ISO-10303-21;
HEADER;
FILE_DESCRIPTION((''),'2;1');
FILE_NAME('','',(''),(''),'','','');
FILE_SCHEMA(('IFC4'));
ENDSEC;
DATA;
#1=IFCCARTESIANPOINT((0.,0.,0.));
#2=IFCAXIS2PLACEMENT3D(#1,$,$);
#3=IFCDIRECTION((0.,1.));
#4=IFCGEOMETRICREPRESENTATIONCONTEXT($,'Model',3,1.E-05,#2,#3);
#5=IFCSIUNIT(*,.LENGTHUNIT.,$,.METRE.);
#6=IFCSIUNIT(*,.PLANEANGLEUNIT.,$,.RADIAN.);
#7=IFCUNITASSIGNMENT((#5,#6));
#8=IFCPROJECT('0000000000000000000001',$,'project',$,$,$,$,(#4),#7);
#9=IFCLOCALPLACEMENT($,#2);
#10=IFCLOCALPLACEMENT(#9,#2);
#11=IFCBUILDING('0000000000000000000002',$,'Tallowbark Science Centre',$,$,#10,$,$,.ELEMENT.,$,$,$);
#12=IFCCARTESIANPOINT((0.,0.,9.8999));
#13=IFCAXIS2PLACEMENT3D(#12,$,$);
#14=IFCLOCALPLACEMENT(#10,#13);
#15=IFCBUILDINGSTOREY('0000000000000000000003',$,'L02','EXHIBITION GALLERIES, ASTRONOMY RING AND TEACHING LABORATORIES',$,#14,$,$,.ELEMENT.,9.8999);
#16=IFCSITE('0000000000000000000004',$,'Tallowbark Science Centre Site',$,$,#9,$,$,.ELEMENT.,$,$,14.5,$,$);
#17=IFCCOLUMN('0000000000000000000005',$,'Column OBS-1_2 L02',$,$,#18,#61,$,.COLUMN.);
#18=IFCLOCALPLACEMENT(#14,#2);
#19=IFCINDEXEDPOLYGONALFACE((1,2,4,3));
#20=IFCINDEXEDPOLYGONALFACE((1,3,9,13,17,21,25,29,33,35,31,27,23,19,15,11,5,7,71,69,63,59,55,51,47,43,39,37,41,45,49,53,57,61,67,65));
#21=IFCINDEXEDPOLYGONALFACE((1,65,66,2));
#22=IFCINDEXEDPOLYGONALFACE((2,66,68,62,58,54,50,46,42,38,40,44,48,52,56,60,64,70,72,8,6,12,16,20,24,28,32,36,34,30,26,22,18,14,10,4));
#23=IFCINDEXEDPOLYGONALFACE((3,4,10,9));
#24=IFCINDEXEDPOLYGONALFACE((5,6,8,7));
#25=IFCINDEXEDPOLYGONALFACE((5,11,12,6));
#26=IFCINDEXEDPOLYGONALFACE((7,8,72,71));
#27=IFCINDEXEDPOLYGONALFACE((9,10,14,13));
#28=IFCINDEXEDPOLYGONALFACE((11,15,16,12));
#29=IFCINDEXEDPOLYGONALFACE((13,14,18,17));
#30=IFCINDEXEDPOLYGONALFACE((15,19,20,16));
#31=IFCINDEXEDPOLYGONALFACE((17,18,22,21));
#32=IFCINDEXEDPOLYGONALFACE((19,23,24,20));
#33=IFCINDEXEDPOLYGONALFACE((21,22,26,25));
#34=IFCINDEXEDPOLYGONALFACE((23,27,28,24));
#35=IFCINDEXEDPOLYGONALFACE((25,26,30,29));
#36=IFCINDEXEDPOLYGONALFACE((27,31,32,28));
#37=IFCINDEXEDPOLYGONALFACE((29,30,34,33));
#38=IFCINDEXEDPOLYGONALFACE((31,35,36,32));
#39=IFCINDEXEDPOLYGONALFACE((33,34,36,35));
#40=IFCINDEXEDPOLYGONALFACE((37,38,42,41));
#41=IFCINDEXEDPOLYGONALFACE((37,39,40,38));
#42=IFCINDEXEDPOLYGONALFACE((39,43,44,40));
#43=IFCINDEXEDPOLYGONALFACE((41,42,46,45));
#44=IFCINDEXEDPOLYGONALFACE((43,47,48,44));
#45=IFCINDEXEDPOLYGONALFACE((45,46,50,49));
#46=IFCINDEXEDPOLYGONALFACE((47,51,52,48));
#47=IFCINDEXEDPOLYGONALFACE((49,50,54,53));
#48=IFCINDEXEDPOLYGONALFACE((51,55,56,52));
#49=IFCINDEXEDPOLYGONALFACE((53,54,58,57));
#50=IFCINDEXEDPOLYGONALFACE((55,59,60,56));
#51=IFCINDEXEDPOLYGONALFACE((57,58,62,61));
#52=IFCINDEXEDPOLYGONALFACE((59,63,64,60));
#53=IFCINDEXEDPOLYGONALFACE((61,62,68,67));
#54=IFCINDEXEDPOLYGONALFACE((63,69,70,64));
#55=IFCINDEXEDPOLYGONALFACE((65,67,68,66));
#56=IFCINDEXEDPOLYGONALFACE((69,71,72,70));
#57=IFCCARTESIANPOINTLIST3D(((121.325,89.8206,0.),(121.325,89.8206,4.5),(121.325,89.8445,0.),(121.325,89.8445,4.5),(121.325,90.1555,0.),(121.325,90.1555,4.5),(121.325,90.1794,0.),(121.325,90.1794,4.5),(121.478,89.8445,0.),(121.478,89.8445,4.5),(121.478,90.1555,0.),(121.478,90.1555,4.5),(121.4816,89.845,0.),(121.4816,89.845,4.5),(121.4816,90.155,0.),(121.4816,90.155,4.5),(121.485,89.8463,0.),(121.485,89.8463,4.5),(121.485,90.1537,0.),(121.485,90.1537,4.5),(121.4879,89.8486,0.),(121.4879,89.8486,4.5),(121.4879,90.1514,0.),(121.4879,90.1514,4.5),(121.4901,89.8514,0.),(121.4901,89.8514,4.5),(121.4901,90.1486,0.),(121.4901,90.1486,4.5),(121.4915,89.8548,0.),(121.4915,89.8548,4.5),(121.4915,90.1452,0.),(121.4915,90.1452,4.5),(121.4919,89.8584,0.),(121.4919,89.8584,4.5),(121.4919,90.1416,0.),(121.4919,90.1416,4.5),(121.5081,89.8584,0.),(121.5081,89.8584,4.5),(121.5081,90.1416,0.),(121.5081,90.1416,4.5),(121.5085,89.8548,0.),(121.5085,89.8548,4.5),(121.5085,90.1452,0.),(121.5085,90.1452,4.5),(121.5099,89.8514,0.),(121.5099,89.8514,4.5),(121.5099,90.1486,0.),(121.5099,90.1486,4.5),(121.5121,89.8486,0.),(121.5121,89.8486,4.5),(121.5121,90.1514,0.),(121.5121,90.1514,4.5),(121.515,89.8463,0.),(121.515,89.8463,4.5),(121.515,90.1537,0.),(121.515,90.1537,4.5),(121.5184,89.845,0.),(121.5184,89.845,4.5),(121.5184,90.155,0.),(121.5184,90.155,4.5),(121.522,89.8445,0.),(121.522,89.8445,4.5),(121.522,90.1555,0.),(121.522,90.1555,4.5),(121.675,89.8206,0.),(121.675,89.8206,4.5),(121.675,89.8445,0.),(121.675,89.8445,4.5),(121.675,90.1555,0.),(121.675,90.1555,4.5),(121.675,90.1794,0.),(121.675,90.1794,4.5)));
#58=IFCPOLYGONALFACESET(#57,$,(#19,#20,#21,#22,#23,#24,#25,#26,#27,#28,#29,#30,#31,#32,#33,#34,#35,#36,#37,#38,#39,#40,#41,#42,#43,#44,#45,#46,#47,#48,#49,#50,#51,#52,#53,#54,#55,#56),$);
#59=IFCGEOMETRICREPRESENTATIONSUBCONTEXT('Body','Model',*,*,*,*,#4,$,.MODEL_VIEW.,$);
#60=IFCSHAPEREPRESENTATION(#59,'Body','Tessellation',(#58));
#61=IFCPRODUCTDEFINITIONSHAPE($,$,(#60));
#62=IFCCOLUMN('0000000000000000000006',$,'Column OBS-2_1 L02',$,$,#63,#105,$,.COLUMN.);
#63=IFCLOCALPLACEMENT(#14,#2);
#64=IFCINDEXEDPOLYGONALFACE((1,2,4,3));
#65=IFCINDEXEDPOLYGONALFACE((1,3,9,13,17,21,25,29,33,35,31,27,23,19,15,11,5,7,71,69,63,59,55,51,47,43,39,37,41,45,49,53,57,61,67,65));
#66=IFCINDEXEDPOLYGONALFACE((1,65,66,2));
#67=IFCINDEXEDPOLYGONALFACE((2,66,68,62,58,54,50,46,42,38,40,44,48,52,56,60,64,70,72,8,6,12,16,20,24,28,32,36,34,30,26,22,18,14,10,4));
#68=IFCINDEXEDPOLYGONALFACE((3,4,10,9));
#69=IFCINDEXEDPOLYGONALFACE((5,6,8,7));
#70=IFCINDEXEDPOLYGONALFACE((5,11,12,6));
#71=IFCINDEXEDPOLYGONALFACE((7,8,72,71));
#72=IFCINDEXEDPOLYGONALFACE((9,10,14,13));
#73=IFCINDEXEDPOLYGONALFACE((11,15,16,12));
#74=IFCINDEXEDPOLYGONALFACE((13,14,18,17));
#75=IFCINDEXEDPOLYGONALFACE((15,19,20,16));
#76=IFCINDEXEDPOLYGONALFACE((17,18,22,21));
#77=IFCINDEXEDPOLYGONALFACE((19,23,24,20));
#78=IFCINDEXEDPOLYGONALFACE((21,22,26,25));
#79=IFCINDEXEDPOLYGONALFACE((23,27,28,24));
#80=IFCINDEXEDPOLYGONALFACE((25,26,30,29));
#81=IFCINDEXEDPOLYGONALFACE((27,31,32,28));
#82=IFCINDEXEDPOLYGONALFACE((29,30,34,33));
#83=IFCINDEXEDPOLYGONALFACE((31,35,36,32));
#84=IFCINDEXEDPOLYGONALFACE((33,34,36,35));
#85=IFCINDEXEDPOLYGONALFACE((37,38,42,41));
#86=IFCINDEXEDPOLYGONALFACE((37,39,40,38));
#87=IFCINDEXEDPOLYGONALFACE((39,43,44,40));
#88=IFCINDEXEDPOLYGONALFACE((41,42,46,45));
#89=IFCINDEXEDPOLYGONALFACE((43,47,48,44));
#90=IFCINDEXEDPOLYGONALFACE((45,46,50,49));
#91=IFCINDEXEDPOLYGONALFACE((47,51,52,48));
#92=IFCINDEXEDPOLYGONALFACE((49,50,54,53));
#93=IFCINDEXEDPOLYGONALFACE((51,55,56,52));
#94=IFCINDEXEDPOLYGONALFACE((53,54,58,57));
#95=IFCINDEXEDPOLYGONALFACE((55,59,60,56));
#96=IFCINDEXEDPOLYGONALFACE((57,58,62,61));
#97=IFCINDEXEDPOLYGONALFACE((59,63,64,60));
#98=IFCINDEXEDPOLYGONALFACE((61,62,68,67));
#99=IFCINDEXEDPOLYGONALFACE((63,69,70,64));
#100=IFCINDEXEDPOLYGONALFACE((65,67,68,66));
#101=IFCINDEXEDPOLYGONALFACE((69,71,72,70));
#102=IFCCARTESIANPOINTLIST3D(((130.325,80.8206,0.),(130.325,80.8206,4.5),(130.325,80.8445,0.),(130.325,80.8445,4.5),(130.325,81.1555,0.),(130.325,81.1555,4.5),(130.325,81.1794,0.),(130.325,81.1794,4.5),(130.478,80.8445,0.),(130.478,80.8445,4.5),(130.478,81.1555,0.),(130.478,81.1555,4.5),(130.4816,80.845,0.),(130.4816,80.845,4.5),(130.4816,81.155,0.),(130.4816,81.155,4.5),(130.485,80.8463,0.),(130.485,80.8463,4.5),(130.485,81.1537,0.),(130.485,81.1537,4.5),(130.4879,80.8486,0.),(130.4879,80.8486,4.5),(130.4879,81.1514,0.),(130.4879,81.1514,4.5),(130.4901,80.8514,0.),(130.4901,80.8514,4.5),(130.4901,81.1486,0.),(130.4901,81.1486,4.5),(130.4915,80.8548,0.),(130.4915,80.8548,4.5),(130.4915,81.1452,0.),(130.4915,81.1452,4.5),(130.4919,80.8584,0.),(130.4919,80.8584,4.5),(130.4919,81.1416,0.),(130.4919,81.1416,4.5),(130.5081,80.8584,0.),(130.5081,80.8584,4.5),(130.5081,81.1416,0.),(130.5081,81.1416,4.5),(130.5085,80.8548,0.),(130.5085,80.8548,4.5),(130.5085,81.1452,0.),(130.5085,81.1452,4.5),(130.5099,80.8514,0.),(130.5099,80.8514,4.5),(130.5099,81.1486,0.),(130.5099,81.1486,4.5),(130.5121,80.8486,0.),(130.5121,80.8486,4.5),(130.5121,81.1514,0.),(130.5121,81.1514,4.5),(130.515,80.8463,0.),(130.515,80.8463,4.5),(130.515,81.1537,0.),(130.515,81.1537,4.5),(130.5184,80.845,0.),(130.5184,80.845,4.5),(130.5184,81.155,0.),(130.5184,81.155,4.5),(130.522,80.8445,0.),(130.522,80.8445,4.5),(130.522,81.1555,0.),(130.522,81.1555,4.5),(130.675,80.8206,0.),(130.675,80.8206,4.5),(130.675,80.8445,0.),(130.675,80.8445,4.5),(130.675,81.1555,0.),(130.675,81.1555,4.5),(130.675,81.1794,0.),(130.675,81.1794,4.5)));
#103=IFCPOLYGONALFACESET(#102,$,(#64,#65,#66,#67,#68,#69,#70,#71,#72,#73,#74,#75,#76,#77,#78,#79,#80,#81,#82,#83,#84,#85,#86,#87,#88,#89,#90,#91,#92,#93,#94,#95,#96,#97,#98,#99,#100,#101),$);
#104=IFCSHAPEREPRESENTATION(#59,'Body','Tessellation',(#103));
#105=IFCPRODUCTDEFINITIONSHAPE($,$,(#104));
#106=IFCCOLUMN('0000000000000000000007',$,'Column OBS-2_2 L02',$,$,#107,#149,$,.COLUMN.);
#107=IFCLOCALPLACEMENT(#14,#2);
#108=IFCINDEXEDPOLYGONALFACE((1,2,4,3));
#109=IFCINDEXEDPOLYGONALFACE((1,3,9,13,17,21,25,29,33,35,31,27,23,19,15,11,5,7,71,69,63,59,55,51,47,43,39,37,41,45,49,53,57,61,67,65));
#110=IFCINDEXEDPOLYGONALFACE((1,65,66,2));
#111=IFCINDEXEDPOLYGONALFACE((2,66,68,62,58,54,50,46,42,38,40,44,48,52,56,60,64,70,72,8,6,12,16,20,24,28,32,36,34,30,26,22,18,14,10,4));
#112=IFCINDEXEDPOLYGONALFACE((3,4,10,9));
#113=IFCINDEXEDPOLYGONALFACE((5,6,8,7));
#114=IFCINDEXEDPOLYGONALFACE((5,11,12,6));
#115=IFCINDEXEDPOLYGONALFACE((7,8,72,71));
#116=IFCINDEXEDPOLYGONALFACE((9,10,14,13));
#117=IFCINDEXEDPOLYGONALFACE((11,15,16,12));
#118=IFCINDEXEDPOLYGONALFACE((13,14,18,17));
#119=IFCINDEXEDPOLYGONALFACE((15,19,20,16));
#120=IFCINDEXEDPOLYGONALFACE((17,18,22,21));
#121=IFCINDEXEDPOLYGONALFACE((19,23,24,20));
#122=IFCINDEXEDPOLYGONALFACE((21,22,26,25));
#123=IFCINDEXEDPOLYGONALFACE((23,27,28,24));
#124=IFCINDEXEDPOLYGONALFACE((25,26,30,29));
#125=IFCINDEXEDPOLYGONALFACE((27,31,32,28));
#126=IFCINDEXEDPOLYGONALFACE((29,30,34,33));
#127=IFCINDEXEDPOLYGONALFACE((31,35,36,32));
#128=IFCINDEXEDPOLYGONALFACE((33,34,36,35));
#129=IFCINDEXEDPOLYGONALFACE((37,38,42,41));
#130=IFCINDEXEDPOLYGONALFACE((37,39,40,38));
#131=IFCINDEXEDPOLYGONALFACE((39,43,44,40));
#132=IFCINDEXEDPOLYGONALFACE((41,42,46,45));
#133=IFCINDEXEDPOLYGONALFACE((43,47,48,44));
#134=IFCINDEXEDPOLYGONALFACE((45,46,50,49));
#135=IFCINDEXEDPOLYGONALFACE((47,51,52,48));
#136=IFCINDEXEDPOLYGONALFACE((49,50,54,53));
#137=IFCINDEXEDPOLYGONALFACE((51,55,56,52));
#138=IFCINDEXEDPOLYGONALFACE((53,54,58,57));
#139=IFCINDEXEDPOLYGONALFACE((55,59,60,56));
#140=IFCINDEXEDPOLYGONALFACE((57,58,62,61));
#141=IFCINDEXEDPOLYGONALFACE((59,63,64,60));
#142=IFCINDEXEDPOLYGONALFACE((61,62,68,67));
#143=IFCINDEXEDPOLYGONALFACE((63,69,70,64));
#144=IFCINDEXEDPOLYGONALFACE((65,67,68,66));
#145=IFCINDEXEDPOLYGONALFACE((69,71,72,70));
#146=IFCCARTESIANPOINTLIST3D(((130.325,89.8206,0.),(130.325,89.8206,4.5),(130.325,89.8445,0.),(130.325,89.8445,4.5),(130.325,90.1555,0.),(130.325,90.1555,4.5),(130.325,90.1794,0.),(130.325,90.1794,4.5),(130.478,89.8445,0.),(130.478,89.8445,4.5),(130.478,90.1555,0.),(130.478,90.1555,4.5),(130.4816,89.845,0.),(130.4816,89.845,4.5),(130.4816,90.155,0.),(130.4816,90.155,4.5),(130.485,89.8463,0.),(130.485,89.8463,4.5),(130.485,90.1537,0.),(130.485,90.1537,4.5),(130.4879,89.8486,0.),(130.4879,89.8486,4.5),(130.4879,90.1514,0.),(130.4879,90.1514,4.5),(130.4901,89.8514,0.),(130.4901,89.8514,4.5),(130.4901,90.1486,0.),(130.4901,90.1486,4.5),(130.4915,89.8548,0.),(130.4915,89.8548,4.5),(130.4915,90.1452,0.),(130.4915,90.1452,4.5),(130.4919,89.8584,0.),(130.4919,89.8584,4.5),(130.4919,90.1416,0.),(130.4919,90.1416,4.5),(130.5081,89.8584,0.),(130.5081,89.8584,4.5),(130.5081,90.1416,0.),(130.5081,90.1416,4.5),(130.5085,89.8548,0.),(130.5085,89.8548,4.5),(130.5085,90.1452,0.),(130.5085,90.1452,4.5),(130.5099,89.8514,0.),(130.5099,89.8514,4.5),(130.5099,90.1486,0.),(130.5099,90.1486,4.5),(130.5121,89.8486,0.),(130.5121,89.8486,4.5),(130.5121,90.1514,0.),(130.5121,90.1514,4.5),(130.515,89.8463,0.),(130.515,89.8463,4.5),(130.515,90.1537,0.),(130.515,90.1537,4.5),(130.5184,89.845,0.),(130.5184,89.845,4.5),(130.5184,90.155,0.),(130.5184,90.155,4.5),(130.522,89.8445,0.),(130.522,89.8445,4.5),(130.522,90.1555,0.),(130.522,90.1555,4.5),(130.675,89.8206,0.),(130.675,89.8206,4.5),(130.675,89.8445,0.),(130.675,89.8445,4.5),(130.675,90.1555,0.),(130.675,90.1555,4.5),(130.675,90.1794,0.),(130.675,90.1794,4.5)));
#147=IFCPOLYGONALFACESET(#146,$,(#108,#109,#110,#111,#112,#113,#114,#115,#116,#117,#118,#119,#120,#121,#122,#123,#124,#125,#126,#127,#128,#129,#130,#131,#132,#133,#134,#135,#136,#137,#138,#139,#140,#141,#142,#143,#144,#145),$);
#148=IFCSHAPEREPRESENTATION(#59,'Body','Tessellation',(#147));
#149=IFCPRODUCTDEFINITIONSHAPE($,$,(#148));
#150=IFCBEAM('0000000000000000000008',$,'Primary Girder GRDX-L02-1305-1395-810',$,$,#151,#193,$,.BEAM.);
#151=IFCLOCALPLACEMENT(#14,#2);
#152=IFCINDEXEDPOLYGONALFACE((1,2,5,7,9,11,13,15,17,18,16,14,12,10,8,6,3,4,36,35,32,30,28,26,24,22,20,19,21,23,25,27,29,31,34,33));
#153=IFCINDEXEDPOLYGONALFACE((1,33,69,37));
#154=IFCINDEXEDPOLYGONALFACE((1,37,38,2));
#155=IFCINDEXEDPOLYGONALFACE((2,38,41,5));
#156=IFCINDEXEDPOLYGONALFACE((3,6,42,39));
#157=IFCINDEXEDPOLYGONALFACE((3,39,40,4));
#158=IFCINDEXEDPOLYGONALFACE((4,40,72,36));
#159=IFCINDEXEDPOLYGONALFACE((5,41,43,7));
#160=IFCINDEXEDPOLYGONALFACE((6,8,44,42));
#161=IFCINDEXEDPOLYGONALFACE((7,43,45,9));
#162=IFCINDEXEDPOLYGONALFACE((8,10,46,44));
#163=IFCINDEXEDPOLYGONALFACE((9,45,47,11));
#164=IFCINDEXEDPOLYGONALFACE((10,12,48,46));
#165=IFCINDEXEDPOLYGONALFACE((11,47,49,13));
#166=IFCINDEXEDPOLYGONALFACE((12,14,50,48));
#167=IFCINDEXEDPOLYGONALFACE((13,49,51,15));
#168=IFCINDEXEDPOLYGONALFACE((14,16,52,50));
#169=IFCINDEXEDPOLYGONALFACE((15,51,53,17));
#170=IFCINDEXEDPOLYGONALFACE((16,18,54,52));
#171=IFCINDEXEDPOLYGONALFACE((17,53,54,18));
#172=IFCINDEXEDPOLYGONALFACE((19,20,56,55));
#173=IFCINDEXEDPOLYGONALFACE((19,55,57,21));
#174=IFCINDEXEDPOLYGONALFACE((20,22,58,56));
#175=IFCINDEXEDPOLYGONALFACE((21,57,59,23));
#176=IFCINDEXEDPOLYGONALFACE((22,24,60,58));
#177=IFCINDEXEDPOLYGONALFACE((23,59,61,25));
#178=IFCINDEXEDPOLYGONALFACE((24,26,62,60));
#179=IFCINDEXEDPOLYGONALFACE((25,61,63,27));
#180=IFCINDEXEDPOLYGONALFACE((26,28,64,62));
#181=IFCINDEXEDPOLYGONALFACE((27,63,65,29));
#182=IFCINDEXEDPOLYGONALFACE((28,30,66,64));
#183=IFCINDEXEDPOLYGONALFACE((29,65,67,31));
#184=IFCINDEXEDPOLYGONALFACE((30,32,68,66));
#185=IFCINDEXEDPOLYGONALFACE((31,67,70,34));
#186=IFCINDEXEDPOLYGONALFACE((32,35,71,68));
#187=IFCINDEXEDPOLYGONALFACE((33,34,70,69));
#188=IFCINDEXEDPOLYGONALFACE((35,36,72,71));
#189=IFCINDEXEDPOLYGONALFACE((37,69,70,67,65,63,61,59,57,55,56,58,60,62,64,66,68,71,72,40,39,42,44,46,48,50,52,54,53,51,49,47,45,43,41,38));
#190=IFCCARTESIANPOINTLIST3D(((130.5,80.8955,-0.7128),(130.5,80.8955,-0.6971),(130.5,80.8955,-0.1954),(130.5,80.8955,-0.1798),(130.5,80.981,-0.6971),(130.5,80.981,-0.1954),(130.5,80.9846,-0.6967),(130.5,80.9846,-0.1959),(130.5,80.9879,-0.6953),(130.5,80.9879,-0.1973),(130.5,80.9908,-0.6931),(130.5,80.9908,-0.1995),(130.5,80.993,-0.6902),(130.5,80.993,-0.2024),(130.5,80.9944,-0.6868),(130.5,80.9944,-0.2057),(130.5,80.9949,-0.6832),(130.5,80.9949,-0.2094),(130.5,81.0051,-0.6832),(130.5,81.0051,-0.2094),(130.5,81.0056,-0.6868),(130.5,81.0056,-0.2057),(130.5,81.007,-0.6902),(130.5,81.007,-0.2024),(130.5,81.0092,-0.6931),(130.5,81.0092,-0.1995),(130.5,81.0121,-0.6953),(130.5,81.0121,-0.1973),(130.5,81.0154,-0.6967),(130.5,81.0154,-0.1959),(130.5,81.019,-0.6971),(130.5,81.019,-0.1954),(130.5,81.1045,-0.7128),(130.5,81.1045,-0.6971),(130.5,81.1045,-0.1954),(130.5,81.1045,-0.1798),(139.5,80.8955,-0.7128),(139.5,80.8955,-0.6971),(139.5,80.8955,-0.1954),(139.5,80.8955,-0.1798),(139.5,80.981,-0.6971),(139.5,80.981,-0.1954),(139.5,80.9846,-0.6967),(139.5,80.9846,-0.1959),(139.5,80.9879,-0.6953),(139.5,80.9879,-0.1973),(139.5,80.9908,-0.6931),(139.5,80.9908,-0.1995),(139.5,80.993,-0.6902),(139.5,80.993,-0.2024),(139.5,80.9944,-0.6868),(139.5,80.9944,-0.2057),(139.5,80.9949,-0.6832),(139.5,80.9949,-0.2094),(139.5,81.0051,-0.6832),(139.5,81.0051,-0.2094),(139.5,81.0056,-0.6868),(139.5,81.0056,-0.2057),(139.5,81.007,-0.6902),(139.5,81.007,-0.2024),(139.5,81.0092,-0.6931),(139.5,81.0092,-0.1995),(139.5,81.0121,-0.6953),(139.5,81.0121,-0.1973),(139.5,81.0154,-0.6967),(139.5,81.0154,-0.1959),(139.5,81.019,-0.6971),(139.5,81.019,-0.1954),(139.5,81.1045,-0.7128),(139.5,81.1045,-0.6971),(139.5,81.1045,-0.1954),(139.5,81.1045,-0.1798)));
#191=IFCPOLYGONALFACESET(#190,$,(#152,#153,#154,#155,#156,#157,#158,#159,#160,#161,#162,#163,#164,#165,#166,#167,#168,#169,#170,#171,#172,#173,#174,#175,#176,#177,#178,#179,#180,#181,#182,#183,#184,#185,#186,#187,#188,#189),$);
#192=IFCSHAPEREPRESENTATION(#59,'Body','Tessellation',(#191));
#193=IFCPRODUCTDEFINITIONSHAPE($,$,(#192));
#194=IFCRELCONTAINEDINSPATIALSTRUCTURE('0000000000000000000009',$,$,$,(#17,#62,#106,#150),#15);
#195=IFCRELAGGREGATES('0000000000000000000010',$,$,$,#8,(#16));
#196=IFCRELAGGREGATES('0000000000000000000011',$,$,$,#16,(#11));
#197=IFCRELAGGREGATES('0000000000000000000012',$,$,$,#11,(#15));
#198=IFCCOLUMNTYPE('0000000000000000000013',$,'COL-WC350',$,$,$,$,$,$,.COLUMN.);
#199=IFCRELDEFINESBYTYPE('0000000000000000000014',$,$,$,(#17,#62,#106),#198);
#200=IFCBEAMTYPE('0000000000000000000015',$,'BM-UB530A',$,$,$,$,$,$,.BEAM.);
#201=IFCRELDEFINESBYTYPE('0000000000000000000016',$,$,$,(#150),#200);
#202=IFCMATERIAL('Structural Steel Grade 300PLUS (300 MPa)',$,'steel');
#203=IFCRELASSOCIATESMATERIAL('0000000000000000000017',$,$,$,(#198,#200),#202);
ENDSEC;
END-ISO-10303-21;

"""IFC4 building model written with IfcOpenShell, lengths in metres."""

from ifc_helpers import new_model, si_unit, direction, frame, origin, origin_2d, place, context, subcontext, project, spatial, i_section, extrude, material, material_profile, profile_set, type_object, element, save


model = new_model("IFC4")

# Units and contexts
model_context = context("Model", 3, precision=1e-05, world=origin(), true_north=direction((0.0, 1.0)))
body_context = subcontext(model_context, "Body", "Model", "MODEL_VIEW")
ifc_project = project(units=[si_unit("LENGTHUNIT", "METRE"), si_unit("PLANEANGLEUNIT", "RADIAN")], contexts=[model_context])

# Site, building, storey
site_placement = place(None, origin())
site = spatial("IfcSite", under=ifc_project, at=site_placement, Name="Tallowbark Science Centre Site", CompositionType="ELEMENT", RefElevation=14.5)
building_placement = place(site_placement, origin())
building = spatial("IfcBuilding", under=site, at=building_placement, Name="Tallowbark Science Centre", CompositionType="ELEMENT")
storey_placement = place(building_placement, frame((0.0, 0.0, 9.8999)))
storey = spatial("IfcBuildingStorey", under=building, at=storey_placement, Name="L02", Description="EXHIBITION GALLERIES, ASTRONOMY RING AND TEACHING LABORATORIES", CompositionType="ELEMENT", Elevation=9.8999)

# Columns
ifc_material_1 = material(Name="Structural Steel Grade 300PLUS (300 MPa)", Category="steel")
ifc_material_profile_1 = material_profile(ifc_material_1, i_section(OverallWidth=0.3501, OverallDepth=0.3589, WebThickness=0.0161, FlangeThickness=0.0239, FilletRadius=0.0139, at=origin_2d()), Name="350WC197")
ifc_profile_set_1 = profile_set([ifc_material_profile_1], Name="Structural Steel Grade 300PLUS (300 MPa)")
column_type = type_object("IfcColumnType", Name="COL-WC350", PredefinedType="COLUMN", material=ifc_profile_set_1)
for number, where, z_axis, x_axis, name in (
    (1, (121.5, 90.0, 0.0), (0.0, 0.0, 1.0), (1.0, 0.0, 0.0), "Column OBS-1_2 L02"),
    (2, (130.5, 81.0, 0.0), (0.0, 0.0, 1.0), (1.0, 0.0, 0.0), "Column OBS-2_1 L02"),
    (3, (130.5, 90.0, 0.0), (0.0, 0.0, 1.0), (1.0, 0.0, 0.0), "Column OBS-2_2 L02"),
):
    element("IfcColumn", number, at=place(storey_placement, frame(where, z_axis=z_axis, x_axis=x_axis)), inside=storey, type_object=column_type, Name=name, PredefinedType="COLUMN", context=body_context, shape_type="SweptSolid", body=[
        extrude(i_section(OverallWidth=0.3501, OverallDepth=0.3589, WebThickness=0.0161, FlangeThickness=0.0239, FilletRadius=0.0139, at=origin_2d()), origin(), (0.0, 0.0, 1.0), 4.5),
    ])

# Beam
ifc_material_profile_2 = material_profile(ifc_material_1, i_section(OverallWidth=0.209, OverallDepth=0.533, WebThickness=0.0103, FlangeThickness=0.0156, FilletRadius=0.0139, at=origin_2d()), Name="530UB92.4")
ifc_profile_set_2 = profile_set([ifc_material_profile_2], Name="Structural Steel Grade 300PLUS (300 MPa)")
beam_type_1 = type_object("IfcBeamType", Name="BM-UB530A", PredefinedType="BEAM", material=ifc_profile_set_2)
for number, where, z_axis, x_axis, name in (
    (4, (130.5, 81.0, -0.4463), (1.0, 0.0, 0.0), (0.0, 1.0, 0.0), "Primary Girder GRDX-L02-1305-1395-810"),
):
    element("IfcBeam", number, at=place(storey_placement, frame(where, z_axis=z_axis, x_axis=x_axis)), inside=storey, type_object=beam_type_1, Name=name, PredefinedType="BEAM", context=body_context, shape_type="SweptSolid", body=[
        extrude(i_section(OverallWidth=0.209, OverallDepth=0.533, WebThickness=0.0103, FlangeThickness=0.0156, FilletRadius=0.0139, at=origin_2d()), origin(), (0.0, 0.0, 1.0), 9.0),
    ])

save(model, "model.ifc")
